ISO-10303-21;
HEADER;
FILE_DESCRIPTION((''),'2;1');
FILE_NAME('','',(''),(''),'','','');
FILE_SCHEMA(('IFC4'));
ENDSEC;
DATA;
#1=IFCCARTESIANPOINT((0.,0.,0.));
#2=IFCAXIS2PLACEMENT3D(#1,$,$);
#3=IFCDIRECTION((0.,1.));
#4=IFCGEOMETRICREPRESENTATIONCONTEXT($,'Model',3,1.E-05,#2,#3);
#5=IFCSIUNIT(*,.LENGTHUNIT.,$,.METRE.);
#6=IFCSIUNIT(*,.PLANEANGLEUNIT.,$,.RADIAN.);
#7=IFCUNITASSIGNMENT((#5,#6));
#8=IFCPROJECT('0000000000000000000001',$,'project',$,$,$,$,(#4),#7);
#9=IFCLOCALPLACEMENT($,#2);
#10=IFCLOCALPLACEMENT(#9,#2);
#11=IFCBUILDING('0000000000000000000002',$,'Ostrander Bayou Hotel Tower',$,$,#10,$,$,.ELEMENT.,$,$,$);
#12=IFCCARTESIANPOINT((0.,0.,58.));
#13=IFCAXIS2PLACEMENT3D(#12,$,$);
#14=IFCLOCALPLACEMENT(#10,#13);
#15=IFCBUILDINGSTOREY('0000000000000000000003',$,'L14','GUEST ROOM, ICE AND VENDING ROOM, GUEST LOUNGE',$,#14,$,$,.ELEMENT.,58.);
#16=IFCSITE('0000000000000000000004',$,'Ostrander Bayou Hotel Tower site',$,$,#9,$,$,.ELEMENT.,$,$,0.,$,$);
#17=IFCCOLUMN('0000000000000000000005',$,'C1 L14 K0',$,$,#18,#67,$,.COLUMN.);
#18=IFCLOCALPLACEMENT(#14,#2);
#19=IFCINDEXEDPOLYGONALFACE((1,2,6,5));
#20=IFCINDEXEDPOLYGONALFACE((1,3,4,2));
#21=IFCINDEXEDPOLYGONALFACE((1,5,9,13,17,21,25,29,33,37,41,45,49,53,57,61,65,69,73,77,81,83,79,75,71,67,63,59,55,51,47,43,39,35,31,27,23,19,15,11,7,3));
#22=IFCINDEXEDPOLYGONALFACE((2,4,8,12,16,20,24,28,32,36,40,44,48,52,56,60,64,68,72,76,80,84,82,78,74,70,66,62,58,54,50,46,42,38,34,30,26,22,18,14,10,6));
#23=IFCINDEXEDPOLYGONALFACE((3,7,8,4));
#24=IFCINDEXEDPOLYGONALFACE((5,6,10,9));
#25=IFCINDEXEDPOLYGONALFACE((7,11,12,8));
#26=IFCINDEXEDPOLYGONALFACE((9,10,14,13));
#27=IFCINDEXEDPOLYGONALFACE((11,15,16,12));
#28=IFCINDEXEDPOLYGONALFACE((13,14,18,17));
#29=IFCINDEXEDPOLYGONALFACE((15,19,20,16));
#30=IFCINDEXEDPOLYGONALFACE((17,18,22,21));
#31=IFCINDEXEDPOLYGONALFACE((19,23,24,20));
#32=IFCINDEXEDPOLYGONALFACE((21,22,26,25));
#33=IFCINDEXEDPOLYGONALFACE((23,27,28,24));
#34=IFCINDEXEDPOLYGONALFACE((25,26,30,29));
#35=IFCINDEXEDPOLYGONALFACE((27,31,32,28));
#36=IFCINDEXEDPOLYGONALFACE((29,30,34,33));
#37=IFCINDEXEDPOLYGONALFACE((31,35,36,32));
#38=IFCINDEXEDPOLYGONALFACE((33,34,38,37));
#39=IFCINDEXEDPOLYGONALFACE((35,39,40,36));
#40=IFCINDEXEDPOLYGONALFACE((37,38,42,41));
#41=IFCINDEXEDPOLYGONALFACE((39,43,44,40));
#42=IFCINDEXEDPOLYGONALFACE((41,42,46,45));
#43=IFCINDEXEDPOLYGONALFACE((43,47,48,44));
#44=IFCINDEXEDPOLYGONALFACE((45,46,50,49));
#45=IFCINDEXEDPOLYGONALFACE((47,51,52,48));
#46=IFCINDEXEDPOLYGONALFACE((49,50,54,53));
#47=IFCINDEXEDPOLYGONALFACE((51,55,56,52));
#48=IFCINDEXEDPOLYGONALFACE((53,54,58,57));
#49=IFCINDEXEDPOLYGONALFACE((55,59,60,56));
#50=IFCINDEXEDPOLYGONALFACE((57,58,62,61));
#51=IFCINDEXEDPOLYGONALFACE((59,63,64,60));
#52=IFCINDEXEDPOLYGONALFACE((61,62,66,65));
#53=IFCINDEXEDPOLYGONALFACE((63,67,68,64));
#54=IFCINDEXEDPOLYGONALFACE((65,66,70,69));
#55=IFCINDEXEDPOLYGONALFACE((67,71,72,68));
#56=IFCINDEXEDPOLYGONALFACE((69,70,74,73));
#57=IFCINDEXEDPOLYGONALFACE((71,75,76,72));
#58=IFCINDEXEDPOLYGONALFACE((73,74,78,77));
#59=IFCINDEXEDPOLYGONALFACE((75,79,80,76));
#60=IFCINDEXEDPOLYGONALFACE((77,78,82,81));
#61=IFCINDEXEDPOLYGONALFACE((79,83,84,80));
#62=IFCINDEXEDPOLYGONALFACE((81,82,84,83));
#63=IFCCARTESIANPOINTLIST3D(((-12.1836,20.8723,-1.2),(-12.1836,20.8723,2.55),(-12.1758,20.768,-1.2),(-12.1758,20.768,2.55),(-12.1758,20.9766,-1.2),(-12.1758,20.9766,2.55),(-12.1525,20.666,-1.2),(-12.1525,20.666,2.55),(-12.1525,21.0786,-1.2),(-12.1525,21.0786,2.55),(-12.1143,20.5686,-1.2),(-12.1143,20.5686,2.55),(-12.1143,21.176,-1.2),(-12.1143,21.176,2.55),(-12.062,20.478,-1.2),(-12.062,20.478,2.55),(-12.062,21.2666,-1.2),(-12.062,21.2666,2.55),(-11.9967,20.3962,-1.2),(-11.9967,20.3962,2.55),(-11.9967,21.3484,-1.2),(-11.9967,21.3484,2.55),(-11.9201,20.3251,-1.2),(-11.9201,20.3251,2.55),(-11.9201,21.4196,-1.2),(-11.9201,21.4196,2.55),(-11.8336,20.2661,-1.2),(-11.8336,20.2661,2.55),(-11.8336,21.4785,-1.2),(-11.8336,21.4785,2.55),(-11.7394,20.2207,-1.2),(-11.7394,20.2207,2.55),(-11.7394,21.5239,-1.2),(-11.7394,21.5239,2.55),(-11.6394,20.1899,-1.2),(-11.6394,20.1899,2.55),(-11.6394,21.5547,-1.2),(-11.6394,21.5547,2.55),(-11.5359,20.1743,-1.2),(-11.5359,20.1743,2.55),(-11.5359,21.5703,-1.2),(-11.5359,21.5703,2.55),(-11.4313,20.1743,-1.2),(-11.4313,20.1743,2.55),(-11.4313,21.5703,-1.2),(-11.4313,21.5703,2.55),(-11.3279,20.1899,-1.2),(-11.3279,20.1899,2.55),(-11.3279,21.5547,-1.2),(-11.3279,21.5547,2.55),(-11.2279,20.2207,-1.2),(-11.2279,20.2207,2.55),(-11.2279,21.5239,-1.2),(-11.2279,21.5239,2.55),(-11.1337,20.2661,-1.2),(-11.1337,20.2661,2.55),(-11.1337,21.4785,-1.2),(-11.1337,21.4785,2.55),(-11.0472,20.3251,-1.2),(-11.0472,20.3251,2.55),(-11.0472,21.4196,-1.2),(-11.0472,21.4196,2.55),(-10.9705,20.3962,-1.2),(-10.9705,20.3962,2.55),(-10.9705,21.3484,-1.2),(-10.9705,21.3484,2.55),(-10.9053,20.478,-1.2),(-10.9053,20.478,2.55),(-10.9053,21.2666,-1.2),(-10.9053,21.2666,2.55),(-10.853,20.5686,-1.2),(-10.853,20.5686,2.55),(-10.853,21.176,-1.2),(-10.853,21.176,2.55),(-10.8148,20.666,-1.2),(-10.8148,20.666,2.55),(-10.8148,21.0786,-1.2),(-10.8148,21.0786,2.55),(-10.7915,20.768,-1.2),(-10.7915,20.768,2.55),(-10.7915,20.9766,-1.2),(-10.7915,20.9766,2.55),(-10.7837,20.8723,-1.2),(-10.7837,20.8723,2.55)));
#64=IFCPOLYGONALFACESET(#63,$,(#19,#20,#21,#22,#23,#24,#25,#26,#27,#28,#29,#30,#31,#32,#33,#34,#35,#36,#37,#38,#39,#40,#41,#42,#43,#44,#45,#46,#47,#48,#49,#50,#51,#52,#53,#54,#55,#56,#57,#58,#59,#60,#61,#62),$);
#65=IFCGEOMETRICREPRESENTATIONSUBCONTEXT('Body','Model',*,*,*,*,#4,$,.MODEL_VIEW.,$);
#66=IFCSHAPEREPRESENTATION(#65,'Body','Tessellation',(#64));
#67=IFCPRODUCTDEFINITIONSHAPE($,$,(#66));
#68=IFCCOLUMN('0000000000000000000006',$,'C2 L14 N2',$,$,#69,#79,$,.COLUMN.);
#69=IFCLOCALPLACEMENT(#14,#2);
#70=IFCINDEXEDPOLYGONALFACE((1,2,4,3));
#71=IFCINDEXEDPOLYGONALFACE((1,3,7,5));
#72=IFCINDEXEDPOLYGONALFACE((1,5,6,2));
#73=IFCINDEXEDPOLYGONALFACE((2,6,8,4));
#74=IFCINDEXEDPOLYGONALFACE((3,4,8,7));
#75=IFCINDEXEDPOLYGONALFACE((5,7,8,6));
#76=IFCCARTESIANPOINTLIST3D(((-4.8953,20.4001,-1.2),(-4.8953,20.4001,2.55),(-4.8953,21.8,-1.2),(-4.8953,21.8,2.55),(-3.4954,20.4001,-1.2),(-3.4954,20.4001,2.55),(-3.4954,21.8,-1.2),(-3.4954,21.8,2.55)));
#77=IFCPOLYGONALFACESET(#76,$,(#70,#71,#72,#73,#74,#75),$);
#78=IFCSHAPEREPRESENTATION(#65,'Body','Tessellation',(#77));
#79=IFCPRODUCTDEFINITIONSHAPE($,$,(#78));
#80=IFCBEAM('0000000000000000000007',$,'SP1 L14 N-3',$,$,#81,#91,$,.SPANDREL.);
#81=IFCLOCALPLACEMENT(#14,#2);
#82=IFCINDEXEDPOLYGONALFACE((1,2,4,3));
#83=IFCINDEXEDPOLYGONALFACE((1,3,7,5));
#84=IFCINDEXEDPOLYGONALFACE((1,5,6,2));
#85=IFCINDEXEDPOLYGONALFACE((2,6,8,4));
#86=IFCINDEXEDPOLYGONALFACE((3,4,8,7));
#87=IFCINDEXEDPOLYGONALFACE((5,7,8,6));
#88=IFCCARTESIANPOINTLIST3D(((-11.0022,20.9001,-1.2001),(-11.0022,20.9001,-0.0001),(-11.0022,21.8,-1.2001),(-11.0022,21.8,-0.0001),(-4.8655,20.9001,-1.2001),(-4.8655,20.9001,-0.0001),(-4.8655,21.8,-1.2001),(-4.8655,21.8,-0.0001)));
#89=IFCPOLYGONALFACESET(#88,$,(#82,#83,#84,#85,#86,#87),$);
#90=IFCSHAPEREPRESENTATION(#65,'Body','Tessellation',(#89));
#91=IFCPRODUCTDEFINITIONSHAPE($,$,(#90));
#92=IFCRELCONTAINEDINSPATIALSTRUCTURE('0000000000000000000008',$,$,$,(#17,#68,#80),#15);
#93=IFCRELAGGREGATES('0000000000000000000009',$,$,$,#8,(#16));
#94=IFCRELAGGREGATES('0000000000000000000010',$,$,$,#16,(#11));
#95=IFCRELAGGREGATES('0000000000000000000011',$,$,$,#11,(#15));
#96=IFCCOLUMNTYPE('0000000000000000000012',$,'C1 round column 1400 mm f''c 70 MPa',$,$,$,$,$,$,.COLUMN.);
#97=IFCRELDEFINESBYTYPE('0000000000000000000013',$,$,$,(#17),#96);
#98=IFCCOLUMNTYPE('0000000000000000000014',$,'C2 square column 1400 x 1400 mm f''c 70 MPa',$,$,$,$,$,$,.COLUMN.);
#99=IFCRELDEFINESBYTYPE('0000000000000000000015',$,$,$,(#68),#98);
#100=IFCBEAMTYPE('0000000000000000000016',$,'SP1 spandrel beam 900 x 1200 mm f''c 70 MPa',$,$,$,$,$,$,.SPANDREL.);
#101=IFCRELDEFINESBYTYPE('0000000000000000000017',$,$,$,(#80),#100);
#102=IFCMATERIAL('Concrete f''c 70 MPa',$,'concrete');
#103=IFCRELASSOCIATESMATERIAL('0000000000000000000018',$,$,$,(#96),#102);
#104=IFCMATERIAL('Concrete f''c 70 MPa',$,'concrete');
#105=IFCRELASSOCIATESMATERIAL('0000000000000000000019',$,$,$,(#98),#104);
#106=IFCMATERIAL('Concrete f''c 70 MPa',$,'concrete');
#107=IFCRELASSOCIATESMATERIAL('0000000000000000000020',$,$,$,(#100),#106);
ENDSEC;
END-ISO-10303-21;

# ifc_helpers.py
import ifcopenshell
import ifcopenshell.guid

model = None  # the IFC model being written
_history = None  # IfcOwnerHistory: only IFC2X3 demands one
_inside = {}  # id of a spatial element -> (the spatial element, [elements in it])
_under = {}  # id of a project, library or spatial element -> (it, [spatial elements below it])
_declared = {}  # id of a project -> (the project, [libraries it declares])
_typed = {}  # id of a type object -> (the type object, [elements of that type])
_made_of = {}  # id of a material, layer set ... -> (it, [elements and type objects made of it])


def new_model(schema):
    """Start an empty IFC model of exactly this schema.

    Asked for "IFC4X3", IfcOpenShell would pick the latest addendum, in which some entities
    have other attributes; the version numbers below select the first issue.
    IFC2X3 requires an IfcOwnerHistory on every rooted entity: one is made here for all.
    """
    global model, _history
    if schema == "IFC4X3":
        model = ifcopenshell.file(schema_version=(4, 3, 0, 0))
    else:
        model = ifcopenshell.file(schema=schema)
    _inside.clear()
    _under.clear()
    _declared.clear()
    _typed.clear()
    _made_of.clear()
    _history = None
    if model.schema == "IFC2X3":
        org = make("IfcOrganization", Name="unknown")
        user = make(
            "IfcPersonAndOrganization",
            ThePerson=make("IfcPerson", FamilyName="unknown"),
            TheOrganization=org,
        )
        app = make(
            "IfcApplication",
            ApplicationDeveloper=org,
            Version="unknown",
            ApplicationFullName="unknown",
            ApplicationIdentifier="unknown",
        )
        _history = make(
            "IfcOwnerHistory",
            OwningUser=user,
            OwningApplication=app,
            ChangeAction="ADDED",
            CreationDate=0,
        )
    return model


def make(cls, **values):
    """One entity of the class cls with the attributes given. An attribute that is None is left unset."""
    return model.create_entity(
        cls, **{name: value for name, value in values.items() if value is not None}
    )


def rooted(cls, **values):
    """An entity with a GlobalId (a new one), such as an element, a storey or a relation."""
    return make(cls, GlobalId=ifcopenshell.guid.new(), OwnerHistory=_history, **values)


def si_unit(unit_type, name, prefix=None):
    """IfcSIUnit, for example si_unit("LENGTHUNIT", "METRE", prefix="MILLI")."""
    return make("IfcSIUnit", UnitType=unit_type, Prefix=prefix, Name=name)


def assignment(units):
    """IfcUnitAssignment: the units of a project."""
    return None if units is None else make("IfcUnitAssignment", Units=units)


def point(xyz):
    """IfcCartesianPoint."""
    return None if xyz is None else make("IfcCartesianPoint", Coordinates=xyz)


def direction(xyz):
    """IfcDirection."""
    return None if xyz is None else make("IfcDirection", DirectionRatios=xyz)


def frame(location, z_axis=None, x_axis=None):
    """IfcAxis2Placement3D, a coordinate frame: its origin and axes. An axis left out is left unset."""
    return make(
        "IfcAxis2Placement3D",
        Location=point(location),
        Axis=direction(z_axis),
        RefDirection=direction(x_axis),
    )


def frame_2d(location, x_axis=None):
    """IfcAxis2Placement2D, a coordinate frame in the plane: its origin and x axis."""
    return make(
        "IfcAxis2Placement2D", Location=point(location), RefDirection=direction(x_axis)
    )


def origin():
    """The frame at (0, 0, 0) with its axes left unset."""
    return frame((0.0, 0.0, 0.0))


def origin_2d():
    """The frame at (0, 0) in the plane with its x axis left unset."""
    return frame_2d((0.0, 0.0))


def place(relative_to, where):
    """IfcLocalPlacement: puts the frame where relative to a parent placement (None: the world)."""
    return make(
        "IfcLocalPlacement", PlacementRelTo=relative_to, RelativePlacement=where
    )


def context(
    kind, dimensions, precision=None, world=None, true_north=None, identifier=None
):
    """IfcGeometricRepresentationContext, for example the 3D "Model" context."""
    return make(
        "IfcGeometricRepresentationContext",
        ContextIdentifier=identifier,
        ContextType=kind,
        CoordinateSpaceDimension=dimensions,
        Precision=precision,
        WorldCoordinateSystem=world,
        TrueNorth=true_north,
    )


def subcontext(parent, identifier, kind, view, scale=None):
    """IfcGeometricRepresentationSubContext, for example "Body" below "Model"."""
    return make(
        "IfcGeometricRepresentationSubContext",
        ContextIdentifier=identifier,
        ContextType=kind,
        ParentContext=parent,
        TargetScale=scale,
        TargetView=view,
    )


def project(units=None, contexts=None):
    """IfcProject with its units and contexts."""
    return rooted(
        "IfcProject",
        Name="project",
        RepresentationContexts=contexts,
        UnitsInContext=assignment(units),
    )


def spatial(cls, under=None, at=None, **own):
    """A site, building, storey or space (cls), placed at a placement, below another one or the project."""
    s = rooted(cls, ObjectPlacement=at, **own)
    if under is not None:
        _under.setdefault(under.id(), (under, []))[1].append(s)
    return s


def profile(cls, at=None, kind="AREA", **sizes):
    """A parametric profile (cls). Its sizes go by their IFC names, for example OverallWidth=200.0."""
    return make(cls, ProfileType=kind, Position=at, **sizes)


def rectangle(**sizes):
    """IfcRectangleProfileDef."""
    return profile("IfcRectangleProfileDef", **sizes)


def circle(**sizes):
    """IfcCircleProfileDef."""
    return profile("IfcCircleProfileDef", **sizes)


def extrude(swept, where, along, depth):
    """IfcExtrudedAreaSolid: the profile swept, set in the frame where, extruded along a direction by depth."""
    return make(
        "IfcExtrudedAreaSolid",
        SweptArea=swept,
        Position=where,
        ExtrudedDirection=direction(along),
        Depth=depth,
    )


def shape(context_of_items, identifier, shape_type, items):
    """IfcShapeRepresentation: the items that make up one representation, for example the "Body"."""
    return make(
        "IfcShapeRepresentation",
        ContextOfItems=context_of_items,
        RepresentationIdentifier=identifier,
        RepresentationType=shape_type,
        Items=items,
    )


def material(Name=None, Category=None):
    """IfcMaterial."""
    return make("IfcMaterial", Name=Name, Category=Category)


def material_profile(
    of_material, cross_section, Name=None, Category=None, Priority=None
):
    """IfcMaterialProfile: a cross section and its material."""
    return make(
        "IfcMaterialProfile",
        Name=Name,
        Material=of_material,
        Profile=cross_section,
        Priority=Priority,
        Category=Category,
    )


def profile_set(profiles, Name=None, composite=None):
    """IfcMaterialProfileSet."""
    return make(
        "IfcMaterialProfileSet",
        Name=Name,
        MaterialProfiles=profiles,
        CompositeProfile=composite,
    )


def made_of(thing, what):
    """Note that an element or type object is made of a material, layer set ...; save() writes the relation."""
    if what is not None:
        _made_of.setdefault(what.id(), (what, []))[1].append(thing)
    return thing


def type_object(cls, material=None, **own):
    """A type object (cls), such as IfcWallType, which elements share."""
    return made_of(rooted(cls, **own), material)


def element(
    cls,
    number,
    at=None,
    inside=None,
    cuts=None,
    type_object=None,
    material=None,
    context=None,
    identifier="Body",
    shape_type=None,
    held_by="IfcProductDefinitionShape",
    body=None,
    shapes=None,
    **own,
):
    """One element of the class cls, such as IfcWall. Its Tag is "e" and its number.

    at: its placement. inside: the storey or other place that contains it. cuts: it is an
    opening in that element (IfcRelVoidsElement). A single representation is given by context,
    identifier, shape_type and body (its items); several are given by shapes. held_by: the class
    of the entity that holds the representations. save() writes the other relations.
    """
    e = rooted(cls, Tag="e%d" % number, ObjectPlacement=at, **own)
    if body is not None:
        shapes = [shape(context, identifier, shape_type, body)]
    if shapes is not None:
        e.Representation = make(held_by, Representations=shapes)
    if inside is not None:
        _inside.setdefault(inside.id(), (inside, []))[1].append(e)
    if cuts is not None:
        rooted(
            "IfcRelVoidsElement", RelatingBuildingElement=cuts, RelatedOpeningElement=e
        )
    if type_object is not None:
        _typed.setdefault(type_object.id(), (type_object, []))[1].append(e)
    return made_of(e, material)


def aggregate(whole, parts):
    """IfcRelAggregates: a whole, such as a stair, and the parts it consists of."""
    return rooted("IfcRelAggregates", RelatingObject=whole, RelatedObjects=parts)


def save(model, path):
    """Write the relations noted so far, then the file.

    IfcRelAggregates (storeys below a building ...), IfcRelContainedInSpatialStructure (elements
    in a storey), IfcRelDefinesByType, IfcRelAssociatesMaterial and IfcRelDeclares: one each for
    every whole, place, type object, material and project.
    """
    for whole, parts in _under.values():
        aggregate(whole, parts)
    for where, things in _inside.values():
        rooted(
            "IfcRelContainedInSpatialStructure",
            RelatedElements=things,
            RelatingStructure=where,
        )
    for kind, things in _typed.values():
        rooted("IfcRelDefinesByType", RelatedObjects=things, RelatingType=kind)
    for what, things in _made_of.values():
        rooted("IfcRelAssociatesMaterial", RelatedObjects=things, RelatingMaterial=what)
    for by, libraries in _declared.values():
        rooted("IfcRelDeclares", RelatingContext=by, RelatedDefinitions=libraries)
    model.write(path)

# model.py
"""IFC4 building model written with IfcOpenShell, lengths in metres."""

from ifc_helpers import new_model, si_unit, direction, frame, origin, origin_2d, place, context, subcontext, project, spatial, rectangle, circle, extrude, material, material_profile, profile_set, type_object, element, save


model = new_model("IFC4")

# Units and contexts
model_context = context("Model", 3, precision=1e-05, world=origin(), true_north=direction((0.0, 1.0)))
body_context = subcontext(model_context, "Body", "Model", "MODEL_VIEW")
ifc_project = project(units=[si_unit("LENGTHUNIT", "METRE"), si_unit("PLANEANGLEUNIT", "RADIAN")], contexts=[model_context])

# Site, building, storey
site_placement = place(None, origin())
site = spatial("IfcSite", under=ifc_project, at=site_placement, Name="Ostrander Bayou Hotel Tower site", CompositionType="ELEMENT", RefElevation=0.0)
building_placement = place(site_placement, origin())
building = spatial("IfcBuilding", under=site, at=building_placement, Name="Ostrander Bayou Hotel Tower", CompositionType="ELEMENT")
storey_placement = place(building_placement, frame((0.0, 0.0, 58.0)))
storey = spatial("IfcBuildingStorey", under=building, at=storey_placement, Name="L14", Description="GUEST ROOM, ICE AND VENDING ROOM, GUEST LOUNGE", CompositionType="ELEMENT", Elevation=58.0)

# Columns
ifc_material_1 = material(Name="Concrete f'c 70 MPa", Category="concrete")
ifc_material_profile_1 = material_profile(ifc_material_1, circle(Radius=0.7, at=origin_2d()))
ifc_profile_set_1 = profile_set([ifc_material_profile_1], Name="Concrete f'c 70 MPa")
column_type_1 = type_object("IfcColumnType", Name="C1 round column 1400 mm f'c 70 MPa", PredefinedType="COLUMN", material=ifc_profile_set_1)
column_1_placement = place(storey_placement, frame((-11.4836, 20.8723, -1.2), z_axis=(0.0, 0.0, 1.0), x_axis=(1.0, 0.0, 0.0)))
element("IfcColumn", 1, at=column_1_placement, inside=storey, type_object=column_type_1, Name="C1 L14 K0", PredefinedType="COLUMN", context=body_context, shape_type="SweptSolid", body=[
    extrude(circle(Radius=0.7, at=origin_2d()), origin(), (0.0, 0.0, 1.0), 3.75),
])
ifc_material_2 = material(Name="Concrete f'c 70 MPa", Category="concrete")
ifc_material_profile_2 = material_profile(ifc_material_2, rectangle(XDim=1.3999, YDim=1.3999, at=origin_2d()))
ifc_profile_set_2 = profile_set([ifc_material_profile_2], Name="Concrete f'c 70 MPa")
column_type_2 = type_object("IfcColumnType", Name="C2 square column 1400 x 1400 mm f'c 70 MPa", PredefinedType="COLUMN", material=ifc_profile_set_2)
column_2_placement = place(storey_placement, frame((-4.1953, 21.1001, -1.2), z_axis=(0.0, 0.0, 1.0), x_axis=(1.0, 0.0, 0.0)))
element("IfcColumn", 2, at=column_2_placement, inside=storey, type_object=column_type_2, Name="C2 L14 N2", PredefinedType="COLUMN", context=body_context, shape_type="SweptSolid", body=[
    extrude(rectangle(XDim=1.3999, YDim=1.3999, at=origin_2d()), origin(), (0.0, 0.0, 1.0), 3.75),
])

# Beam
ifc_material_3 = material(Name="Concrete f'c 70 MPa", Category="concrete")
ifc_material_profile_3 = material_profile(ifc_material_3, rectangle(XDim=0.8999, YDim=1.2, at=origin_2d()))
ifc_profile_set_3 = profile_set([ifc_material_profile_3], Name="Concrete f'c 70 MPa")
beam_type = type_object("IfcBeamType", Name="SP1 spandrel beam 900 x 1200 mm f'c 70 MPa", PredefinedType="SPANDREL", material=ifc_profile_set_3)
beam_placement = place(storey_placement, frame((-4.8655, 21.3501, -0.6001), z_axis=(-1.0, 0.0, 0.0), x_axis=(0.0, -1.0, 0.0)))
element("IfcBeam", 3, at=beam_placement, inside=storey, type_object=beam_type, Name="SP1 L14 N-3", PredefinedType="SPANDREL", context=body_context, shape_type="SweptSolid", body=[
    extrude(rectangle(XDim=0.8999, YDim=1.2, at=origin_2d()), origin(), (0.0, 0.0, 1.0), 6.1367),
])

save(model, "model.ifc")
